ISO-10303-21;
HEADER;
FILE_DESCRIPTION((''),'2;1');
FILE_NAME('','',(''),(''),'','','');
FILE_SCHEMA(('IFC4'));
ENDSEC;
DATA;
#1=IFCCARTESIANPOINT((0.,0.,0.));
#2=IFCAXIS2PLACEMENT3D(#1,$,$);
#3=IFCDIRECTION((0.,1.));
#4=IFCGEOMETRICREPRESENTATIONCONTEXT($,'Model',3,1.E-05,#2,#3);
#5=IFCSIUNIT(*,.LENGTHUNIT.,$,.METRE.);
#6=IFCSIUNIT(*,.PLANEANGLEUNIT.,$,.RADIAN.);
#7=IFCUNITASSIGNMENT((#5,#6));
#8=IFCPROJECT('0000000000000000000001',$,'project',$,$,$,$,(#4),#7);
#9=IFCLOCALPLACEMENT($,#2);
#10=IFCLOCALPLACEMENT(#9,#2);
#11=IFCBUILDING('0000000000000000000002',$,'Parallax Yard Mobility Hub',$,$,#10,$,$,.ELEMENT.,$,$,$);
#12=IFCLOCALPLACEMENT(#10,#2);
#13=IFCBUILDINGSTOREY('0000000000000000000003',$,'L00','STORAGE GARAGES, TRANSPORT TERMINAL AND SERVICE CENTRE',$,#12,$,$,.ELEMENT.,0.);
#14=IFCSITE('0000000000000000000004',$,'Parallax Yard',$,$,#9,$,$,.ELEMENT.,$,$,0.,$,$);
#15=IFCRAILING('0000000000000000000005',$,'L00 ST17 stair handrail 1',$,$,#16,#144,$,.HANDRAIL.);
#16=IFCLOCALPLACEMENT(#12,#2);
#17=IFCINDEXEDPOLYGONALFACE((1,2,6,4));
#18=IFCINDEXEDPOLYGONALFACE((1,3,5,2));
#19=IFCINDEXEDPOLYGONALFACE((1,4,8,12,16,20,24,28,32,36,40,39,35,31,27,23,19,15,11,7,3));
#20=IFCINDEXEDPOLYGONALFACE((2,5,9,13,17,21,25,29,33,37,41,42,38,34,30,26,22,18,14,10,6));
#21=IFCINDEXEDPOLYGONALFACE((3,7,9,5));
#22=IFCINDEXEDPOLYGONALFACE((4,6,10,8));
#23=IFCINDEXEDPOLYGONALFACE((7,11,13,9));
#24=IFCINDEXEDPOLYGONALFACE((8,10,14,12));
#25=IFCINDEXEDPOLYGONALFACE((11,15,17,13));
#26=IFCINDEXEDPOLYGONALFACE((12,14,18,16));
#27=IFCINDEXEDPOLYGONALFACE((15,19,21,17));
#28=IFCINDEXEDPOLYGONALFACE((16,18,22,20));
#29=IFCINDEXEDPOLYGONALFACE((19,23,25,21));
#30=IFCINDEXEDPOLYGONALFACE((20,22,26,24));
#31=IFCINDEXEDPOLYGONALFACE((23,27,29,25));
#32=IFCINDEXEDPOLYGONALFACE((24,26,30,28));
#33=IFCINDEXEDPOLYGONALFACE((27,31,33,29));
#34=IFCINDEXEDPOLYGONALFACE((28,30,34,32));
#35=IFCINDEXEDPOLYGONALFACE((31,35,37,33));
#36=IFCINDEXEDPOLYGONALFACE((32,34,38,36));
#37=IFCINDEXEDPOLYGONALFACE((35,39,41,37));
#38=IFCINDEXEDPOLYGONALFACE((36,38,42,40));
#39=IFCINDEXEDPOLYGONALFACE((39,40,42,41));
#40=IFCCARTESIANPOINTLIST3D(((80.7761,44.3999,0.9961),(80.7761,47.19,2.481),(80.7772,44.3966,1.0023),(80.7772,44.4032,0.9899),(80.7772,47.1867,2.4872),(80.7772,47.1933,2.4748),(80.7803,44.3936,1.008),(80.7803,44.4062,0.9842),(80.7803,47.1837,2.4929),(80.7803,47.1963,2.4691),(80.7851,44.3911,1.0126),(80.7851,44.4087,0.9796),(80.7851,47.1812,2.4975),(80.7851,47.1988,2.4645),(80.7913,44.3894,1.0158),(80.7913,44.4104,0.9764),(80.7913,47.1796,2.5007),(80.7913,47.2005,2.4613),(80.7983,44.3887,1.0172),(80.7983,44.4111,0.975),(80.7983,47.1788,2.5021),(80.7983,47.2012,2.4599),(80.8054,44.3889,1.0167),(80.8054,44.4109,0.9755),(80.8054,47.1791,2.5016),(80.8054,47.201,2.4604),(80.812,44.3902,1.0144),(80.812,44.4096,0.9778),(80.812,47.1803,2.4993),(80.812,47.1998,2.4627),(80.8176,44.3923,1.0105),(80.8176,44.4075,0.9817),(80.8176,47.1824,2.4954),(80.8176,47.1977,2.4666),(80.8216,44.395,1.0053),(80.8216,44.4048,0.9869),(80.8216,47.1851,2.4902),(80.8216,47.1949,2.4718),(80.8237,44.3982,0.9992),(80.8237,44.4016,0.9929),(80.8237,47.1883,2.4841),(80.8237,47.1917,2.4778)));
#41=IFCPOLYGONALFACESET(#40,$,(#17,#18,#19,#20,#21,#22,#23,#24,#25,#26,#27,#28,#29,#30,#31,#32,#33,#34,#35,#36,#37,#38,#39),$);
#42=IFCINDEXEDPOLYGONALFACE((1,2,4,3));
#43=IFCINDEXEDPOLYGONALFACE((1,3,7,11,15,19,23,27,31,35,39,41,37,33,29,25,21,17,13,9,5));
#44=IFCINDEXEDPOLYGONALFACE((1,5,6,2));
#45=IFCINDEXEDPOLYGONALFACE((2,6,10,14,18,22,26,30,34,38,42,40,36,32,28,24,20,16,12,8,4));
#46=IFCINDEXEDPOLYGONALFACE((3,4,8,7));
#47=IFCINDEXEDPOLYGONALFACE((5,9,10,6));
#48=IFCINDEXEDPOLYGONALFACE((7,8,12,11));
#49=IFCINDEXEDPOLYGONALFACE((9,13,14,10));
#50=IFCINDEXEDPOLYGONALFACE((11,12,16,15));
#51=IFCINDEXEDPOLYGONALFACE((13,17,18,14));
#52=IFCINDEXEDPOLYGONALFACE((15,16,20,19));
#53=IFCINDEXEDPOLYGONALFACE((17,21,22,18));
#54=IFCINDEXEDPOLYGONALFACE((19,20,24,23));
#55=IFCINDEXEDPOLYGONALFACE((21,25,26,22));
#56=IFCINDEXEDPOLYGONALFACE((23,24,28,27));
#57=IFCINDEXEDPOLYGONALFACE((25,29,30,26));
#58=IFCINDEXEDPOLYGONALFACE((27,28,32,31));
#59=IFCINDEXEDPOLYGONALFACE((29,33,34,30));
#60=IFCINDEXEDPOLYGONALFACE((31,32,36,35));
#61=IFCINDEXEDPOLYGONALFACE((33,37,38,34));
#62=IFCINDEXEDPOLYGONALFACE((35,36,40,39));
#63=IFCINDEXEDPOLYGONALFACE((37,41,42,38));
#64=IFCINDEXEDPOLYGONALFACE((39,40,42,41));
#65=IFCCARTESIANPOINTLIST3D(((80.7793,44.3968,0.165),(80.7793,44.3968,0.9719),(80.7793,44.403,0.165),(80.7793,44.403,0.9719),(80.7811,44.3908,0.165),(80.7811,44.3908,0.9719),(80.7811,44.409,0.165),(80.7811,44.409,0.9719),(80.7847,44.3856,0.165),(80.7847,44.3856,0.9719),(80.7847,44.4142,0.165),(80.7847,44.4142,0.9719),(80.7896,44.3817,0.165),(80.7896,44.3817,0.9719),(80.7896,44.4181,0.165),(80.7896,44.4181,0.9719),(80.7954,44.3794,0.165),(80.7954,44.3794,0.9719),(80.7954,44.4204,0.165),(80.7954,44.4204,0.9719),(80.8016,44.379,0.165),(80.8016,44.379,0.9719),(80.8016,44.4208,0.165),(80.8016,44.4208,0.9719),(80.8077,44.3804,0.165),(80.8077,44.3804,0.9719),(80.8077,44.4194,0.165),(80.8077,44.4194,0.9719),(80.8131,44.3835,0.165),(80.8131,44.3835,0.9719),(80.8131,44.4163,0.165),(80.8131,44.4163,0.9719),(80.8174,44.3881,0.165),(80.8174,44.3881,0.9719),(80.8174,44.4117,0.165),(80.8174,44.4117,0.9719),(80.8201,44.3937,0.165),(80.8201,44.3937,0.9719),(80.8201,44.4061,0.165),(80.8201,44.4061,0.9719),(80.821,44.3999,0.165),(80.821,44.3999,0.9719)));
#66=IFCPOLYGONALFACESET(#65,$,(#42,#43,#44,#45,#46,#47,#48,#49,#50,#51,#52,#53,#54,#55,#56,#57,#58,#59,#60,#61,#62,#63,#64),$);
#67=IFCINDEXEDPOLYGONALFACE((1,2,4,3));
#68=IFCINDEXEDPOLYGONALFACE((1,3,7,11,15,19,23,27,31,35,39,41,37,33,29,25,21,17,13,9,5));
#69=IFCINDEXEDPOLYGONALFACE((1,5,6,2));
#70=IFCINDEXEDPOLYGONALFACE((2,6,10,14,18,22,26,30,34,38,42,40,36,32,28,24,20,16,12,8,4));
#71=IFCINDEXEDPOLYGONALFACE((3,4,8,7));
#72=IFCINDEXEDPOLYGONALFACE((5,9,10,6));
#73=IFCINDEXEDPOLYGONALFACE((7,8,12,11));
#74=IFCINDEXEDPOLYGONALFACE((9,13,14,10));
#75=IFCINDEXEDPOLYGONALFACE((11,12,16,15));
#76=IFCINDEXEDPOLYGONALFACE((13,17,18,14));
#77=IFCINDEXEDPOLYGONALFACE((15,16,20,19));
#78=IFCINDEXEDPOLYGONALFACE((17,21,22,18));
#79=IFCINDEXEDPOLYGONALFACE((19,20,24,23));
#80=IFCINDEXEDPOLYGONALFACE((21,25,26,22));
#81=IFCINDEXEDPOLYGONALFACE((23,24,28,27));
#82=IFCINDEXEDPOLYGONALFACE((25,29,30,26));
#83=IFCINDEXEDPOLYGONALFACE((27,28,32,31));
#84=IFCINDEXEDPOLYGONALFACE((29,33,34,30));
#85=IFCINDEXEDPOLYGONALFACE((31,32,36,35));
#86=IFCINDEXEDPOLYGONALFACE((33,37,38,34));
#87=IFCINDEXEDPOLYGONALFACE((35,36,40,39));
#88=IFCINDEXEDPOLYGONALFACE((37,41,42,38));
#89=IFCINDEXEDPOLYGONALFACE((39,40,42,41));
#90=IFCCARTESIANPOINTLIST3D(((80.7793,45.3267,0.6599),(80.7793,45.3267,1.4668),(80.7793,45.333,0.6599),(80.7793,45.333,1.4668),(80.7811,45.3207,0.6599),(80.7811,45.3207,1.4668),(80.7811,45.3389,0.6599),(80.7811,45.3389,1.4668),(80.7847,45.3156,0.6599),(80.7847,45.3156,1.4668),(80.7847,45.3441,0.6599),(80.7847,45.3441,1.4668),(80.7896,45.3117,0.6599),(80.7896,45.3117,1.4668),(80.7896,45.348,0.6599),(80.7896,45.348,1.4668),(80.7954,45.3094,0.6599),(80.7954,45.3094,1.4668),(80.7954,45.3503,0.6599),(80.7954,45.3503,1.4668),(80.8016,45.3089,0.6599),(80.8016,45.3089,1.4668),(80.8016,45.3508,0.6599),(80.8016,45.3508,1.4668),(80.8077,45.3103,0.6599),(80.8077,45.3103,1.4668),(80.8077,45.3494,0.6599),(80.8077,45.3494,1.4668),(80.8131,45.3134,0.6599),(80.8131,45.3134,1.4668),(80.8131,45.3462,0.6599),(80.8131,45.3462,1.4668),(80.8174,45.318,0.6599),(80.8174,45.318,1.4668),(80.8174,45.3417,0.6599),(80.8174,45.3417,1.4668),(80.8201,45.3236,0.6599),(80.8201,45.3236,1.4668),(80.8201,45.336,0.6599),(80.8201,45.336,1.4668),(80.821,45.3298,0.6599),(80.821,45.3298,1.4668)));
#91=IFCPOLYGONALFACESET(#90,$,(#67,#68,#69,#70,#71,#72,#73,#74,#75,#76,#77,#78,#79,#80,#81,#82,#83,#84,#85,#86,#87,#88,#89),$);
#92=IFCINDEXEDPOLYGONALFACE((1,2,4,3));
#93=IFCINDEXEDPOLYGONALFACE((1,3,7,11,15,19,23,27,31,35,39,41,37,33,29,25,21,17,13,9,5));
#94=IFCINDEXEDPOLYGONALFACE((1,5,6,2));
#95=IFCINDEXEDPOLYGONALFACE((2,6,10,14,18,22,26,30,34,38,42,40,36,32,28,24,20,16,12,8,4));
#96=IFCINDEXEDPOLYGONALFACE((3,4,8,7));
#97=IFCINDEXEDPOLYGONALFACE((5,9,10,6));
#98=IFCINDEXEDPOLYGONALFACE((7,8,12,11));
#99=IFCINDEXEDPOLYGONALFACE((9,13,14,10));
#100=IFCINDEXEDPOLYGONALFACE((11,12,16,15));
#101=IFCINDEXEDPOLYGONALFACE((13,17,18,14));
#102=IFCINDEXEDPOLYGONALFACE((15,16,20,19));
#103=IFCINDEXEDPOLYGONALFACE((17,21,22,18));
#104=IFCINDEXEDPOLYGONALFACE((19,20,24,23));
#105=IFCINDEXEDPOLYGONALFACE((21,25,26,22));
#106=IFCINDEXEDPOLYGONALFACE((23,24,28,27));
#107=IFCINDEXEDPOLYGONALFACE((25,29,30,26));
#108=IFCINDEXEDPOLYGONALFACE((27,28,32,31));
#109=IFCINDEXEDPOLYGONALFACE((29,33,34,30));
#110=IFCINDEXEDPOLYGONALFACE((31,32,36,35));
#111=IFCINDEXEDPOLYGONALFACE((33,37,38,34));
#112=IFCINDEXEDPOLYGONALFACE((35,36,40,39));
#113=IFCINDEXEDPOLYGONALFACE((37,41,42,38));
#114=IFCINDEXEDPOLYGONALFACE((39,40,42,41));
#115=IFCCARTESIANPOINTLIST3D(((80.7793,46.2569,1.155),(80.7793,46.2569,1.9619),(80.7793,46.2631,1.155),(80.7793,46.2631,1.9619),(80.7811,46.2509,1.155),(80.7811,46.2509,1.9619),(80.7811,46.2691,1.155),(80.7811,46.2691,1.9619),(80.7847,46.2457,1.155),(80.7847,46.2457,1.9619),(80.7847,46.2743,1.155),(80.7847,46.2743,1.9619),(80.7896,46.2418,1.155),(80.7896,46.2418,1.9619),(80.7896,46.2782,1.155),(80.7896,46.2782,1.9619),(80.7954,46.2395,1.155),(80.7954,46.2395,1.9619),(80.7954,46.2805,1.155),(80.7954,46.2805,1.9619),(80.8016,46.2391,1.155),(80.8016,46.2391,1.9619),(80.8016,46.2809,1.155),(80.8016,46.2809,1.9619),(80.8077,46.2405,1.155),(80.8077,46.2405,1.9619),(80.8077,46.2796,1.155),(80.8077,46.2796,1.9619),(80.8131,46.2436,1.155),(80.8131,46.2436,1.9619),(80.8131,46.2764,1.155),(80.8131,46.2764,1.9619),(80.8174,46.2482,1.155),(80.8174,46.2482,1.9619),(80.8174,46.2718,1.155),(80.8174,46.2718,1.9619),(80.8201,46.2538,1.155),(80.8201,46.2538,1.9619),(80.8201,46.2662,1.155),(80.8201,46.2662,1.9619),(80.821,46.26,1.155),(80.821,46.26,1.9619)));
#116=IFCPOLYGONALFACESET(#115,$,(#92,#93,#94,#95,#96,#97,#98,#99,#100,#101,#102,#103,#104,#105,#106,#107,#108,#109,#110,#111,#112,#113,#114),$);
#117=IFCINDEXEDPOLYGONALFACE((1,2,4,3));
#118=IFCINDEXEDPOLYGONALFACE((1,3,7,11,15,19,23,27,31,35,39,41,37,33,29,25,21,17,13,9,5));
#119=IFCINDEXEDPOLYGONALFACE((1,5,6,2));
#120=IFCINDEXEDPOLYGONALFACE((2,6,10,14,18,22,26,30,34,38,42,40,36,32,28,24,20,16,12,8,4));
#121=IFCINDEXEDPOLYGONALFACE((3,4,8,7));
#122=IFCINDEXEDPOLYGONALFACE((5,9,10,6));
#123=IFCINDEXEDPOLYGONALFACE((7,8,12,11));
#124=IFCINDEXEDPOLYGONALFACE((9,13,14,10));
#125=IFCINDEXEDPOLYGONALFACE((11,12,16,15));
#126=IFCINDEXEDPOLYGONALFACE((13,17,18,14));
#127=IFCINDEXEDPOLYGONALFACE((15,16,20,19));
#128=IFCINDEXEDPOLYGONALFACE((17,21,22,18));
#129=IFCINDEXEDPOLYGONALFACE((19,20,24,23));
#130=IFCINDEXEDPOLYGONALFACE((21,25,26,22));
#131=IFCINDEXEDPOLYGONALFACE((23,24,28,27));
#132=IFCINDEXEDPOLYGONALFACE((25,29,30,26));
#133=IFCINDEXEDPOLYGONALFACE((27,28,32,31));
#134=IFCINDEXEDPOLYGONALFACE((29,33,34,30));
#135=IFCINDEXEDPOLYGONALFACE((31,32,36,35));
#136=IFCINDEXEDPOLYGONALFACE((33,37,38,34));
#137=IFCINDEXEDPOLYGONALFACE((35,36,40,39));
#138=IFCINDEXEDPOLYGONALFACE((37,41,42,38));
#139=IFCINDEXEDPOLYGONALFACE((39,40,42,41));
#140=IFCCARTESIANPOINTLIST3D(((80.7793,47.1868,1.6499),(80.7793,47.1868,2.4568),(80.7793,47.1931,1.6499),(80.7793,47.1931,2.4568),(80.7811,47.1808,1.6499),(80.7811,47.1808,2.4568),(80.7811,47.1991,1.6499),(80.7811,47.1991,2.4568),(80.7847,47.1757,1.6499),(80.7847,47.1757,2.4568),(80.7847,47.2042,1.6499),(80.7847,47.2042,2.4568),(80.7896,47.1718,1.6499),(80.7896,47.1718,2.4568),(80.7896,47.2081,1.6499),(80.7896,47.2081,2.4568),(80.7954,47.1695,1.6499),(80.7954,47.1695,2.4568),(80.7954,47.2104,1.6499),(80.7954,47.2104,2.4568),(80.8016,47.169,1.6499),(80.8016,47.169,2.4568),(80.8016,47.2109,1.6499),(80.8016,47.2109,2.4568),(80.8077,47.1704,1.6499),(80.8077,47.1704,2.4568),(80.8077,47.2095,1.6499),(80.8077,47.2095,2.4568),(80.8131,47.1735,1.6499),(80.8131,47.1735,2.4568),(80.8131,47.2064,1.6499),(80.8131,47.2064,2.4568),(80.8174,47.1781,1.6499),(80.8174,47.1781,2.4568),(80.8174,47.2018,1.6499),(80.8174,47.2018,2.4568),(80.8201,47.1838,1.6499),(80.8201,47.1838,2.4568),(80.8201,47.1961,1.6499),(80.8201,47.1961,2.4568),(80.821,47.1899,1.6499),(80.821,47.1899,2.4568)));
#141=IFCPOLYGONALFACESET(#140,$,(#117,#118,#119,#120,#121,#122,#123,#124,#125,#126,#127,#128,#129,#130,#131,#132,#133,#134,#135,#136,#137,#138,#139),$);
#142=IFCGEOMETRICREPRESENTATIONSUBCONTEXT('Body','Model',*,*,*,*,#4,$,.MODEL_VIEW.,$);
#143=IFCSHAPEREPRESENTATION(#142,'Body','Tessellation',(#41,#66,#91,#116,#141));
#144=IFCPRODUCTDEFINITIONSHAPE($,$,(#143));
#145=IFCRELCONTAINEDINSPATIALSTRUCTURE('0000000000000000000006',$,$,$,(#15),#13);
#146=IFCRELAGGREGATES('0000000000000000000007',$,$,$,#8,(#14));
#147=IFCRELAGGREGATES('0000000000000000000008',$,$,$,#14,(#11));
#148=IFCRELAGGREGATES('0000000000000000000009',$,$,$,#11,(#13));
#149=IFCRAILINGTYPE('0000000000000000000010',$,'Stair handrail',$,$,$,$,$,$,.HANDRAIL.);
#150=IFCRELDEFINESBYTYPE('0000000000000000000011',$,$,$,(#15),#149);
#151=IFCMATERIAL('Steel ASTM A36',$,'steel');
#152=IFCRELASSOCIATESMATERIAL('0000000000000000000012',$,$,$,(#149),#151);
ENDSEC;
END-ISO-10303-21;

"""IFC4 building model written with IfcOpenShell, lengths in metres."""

from ifc_helpers import new_model, si_unit, direction, frame, origin, origin_2d, place, context, subcontext, project, spatial, circle, extrude, material, type_object, element, save


model = new_model("IFC4")

# Units and contexts
model_context = context("Model", 3, precision=1e-05, world=origin(), true_north=direction((0.0, 1.0)))
body_context = subcontext(model_context, "Body", "Model", "MODEL_VIEW")
ifc_project = project(units=[si_unit("LENGTHUNIT", "METRE"), si_unit("PLANEANGLEUNIT", "RADIAN")], contexts=[model_context])

# Site, building, storey
site_placement = place(None, origin())
site = spatial("IfcSite", under=ifc_project, at=site_placement, Name="Parallax Yard", CompositionType="ELEMENT", RefElevation=0.0)
building_placement = place(site_placement, origin())
building = spatial("IfcBuilding", under=site, at=building_placement, Name="Parallax Yard Mobility Hub", CompositionType="ELEMENT")
storey_placement = place(building_placement, origin())
storey = spatial("IfcBuildingStorey", under=building, at=storey_placement, Name="L00", Description="STORAGE GARAGES, TRANSPORT TERMINAL AND SERVICE CENTRE", CompositionType="ELEMENT", Elevation=0.0)

# Railing
ifc_material_1 = material(Name="Steel ASTM A36", Category="steel")
railing_type_1 = type_object("IfcRailingType", Name="Stair handrail", PredefinedType="HANDRAIL", material=ifc_material_1)
railing_1_placement = place(storey_placement, frame((80.8, 44.3999, 0.165)))
element("IfcRailing", 1, at=railing_1_placement, inside=storey, type_object=railing_type_1, Name="L00 ST17 stair handrail 1", PredefinedType="HANDRAIL", context=body_context, shape_type="SweptSolid", body=[
    extrude(circle(Radius=0.0239, at=origin_2d()), frame((0.0, 0.0, 0.8311), z_axis=(0.0, 0.882767, 0.46981), x_axis=(-1.0, 0.0, 0.0)), (0.0, 0.0, 1.0), 3.1606),
    extrude(circle(Radius=0.021, at=origin_2d()), origin(), (0.0, 0.0, 1.0), 0.8069),
    extrude(circle(Radius=0.021, at=origin_2d()), frame((0.0, 0.9299, 0.4949)), (0.0, 0.0, 1.0), 0.8069),
    extrude(circle(Radius=0.021, at=origin_2d()), frame((0.0, 1.8601, 0.99)), (0.0, 0.0, 1.0), 0.8069),
    extrude(circle(Radius=0.021, at=origin_2d()), frame((0.0, 2.79, 1.4849)), (0.0, 0.0, 1.0), 0.8069),
])

save(model, "model.ifc")
